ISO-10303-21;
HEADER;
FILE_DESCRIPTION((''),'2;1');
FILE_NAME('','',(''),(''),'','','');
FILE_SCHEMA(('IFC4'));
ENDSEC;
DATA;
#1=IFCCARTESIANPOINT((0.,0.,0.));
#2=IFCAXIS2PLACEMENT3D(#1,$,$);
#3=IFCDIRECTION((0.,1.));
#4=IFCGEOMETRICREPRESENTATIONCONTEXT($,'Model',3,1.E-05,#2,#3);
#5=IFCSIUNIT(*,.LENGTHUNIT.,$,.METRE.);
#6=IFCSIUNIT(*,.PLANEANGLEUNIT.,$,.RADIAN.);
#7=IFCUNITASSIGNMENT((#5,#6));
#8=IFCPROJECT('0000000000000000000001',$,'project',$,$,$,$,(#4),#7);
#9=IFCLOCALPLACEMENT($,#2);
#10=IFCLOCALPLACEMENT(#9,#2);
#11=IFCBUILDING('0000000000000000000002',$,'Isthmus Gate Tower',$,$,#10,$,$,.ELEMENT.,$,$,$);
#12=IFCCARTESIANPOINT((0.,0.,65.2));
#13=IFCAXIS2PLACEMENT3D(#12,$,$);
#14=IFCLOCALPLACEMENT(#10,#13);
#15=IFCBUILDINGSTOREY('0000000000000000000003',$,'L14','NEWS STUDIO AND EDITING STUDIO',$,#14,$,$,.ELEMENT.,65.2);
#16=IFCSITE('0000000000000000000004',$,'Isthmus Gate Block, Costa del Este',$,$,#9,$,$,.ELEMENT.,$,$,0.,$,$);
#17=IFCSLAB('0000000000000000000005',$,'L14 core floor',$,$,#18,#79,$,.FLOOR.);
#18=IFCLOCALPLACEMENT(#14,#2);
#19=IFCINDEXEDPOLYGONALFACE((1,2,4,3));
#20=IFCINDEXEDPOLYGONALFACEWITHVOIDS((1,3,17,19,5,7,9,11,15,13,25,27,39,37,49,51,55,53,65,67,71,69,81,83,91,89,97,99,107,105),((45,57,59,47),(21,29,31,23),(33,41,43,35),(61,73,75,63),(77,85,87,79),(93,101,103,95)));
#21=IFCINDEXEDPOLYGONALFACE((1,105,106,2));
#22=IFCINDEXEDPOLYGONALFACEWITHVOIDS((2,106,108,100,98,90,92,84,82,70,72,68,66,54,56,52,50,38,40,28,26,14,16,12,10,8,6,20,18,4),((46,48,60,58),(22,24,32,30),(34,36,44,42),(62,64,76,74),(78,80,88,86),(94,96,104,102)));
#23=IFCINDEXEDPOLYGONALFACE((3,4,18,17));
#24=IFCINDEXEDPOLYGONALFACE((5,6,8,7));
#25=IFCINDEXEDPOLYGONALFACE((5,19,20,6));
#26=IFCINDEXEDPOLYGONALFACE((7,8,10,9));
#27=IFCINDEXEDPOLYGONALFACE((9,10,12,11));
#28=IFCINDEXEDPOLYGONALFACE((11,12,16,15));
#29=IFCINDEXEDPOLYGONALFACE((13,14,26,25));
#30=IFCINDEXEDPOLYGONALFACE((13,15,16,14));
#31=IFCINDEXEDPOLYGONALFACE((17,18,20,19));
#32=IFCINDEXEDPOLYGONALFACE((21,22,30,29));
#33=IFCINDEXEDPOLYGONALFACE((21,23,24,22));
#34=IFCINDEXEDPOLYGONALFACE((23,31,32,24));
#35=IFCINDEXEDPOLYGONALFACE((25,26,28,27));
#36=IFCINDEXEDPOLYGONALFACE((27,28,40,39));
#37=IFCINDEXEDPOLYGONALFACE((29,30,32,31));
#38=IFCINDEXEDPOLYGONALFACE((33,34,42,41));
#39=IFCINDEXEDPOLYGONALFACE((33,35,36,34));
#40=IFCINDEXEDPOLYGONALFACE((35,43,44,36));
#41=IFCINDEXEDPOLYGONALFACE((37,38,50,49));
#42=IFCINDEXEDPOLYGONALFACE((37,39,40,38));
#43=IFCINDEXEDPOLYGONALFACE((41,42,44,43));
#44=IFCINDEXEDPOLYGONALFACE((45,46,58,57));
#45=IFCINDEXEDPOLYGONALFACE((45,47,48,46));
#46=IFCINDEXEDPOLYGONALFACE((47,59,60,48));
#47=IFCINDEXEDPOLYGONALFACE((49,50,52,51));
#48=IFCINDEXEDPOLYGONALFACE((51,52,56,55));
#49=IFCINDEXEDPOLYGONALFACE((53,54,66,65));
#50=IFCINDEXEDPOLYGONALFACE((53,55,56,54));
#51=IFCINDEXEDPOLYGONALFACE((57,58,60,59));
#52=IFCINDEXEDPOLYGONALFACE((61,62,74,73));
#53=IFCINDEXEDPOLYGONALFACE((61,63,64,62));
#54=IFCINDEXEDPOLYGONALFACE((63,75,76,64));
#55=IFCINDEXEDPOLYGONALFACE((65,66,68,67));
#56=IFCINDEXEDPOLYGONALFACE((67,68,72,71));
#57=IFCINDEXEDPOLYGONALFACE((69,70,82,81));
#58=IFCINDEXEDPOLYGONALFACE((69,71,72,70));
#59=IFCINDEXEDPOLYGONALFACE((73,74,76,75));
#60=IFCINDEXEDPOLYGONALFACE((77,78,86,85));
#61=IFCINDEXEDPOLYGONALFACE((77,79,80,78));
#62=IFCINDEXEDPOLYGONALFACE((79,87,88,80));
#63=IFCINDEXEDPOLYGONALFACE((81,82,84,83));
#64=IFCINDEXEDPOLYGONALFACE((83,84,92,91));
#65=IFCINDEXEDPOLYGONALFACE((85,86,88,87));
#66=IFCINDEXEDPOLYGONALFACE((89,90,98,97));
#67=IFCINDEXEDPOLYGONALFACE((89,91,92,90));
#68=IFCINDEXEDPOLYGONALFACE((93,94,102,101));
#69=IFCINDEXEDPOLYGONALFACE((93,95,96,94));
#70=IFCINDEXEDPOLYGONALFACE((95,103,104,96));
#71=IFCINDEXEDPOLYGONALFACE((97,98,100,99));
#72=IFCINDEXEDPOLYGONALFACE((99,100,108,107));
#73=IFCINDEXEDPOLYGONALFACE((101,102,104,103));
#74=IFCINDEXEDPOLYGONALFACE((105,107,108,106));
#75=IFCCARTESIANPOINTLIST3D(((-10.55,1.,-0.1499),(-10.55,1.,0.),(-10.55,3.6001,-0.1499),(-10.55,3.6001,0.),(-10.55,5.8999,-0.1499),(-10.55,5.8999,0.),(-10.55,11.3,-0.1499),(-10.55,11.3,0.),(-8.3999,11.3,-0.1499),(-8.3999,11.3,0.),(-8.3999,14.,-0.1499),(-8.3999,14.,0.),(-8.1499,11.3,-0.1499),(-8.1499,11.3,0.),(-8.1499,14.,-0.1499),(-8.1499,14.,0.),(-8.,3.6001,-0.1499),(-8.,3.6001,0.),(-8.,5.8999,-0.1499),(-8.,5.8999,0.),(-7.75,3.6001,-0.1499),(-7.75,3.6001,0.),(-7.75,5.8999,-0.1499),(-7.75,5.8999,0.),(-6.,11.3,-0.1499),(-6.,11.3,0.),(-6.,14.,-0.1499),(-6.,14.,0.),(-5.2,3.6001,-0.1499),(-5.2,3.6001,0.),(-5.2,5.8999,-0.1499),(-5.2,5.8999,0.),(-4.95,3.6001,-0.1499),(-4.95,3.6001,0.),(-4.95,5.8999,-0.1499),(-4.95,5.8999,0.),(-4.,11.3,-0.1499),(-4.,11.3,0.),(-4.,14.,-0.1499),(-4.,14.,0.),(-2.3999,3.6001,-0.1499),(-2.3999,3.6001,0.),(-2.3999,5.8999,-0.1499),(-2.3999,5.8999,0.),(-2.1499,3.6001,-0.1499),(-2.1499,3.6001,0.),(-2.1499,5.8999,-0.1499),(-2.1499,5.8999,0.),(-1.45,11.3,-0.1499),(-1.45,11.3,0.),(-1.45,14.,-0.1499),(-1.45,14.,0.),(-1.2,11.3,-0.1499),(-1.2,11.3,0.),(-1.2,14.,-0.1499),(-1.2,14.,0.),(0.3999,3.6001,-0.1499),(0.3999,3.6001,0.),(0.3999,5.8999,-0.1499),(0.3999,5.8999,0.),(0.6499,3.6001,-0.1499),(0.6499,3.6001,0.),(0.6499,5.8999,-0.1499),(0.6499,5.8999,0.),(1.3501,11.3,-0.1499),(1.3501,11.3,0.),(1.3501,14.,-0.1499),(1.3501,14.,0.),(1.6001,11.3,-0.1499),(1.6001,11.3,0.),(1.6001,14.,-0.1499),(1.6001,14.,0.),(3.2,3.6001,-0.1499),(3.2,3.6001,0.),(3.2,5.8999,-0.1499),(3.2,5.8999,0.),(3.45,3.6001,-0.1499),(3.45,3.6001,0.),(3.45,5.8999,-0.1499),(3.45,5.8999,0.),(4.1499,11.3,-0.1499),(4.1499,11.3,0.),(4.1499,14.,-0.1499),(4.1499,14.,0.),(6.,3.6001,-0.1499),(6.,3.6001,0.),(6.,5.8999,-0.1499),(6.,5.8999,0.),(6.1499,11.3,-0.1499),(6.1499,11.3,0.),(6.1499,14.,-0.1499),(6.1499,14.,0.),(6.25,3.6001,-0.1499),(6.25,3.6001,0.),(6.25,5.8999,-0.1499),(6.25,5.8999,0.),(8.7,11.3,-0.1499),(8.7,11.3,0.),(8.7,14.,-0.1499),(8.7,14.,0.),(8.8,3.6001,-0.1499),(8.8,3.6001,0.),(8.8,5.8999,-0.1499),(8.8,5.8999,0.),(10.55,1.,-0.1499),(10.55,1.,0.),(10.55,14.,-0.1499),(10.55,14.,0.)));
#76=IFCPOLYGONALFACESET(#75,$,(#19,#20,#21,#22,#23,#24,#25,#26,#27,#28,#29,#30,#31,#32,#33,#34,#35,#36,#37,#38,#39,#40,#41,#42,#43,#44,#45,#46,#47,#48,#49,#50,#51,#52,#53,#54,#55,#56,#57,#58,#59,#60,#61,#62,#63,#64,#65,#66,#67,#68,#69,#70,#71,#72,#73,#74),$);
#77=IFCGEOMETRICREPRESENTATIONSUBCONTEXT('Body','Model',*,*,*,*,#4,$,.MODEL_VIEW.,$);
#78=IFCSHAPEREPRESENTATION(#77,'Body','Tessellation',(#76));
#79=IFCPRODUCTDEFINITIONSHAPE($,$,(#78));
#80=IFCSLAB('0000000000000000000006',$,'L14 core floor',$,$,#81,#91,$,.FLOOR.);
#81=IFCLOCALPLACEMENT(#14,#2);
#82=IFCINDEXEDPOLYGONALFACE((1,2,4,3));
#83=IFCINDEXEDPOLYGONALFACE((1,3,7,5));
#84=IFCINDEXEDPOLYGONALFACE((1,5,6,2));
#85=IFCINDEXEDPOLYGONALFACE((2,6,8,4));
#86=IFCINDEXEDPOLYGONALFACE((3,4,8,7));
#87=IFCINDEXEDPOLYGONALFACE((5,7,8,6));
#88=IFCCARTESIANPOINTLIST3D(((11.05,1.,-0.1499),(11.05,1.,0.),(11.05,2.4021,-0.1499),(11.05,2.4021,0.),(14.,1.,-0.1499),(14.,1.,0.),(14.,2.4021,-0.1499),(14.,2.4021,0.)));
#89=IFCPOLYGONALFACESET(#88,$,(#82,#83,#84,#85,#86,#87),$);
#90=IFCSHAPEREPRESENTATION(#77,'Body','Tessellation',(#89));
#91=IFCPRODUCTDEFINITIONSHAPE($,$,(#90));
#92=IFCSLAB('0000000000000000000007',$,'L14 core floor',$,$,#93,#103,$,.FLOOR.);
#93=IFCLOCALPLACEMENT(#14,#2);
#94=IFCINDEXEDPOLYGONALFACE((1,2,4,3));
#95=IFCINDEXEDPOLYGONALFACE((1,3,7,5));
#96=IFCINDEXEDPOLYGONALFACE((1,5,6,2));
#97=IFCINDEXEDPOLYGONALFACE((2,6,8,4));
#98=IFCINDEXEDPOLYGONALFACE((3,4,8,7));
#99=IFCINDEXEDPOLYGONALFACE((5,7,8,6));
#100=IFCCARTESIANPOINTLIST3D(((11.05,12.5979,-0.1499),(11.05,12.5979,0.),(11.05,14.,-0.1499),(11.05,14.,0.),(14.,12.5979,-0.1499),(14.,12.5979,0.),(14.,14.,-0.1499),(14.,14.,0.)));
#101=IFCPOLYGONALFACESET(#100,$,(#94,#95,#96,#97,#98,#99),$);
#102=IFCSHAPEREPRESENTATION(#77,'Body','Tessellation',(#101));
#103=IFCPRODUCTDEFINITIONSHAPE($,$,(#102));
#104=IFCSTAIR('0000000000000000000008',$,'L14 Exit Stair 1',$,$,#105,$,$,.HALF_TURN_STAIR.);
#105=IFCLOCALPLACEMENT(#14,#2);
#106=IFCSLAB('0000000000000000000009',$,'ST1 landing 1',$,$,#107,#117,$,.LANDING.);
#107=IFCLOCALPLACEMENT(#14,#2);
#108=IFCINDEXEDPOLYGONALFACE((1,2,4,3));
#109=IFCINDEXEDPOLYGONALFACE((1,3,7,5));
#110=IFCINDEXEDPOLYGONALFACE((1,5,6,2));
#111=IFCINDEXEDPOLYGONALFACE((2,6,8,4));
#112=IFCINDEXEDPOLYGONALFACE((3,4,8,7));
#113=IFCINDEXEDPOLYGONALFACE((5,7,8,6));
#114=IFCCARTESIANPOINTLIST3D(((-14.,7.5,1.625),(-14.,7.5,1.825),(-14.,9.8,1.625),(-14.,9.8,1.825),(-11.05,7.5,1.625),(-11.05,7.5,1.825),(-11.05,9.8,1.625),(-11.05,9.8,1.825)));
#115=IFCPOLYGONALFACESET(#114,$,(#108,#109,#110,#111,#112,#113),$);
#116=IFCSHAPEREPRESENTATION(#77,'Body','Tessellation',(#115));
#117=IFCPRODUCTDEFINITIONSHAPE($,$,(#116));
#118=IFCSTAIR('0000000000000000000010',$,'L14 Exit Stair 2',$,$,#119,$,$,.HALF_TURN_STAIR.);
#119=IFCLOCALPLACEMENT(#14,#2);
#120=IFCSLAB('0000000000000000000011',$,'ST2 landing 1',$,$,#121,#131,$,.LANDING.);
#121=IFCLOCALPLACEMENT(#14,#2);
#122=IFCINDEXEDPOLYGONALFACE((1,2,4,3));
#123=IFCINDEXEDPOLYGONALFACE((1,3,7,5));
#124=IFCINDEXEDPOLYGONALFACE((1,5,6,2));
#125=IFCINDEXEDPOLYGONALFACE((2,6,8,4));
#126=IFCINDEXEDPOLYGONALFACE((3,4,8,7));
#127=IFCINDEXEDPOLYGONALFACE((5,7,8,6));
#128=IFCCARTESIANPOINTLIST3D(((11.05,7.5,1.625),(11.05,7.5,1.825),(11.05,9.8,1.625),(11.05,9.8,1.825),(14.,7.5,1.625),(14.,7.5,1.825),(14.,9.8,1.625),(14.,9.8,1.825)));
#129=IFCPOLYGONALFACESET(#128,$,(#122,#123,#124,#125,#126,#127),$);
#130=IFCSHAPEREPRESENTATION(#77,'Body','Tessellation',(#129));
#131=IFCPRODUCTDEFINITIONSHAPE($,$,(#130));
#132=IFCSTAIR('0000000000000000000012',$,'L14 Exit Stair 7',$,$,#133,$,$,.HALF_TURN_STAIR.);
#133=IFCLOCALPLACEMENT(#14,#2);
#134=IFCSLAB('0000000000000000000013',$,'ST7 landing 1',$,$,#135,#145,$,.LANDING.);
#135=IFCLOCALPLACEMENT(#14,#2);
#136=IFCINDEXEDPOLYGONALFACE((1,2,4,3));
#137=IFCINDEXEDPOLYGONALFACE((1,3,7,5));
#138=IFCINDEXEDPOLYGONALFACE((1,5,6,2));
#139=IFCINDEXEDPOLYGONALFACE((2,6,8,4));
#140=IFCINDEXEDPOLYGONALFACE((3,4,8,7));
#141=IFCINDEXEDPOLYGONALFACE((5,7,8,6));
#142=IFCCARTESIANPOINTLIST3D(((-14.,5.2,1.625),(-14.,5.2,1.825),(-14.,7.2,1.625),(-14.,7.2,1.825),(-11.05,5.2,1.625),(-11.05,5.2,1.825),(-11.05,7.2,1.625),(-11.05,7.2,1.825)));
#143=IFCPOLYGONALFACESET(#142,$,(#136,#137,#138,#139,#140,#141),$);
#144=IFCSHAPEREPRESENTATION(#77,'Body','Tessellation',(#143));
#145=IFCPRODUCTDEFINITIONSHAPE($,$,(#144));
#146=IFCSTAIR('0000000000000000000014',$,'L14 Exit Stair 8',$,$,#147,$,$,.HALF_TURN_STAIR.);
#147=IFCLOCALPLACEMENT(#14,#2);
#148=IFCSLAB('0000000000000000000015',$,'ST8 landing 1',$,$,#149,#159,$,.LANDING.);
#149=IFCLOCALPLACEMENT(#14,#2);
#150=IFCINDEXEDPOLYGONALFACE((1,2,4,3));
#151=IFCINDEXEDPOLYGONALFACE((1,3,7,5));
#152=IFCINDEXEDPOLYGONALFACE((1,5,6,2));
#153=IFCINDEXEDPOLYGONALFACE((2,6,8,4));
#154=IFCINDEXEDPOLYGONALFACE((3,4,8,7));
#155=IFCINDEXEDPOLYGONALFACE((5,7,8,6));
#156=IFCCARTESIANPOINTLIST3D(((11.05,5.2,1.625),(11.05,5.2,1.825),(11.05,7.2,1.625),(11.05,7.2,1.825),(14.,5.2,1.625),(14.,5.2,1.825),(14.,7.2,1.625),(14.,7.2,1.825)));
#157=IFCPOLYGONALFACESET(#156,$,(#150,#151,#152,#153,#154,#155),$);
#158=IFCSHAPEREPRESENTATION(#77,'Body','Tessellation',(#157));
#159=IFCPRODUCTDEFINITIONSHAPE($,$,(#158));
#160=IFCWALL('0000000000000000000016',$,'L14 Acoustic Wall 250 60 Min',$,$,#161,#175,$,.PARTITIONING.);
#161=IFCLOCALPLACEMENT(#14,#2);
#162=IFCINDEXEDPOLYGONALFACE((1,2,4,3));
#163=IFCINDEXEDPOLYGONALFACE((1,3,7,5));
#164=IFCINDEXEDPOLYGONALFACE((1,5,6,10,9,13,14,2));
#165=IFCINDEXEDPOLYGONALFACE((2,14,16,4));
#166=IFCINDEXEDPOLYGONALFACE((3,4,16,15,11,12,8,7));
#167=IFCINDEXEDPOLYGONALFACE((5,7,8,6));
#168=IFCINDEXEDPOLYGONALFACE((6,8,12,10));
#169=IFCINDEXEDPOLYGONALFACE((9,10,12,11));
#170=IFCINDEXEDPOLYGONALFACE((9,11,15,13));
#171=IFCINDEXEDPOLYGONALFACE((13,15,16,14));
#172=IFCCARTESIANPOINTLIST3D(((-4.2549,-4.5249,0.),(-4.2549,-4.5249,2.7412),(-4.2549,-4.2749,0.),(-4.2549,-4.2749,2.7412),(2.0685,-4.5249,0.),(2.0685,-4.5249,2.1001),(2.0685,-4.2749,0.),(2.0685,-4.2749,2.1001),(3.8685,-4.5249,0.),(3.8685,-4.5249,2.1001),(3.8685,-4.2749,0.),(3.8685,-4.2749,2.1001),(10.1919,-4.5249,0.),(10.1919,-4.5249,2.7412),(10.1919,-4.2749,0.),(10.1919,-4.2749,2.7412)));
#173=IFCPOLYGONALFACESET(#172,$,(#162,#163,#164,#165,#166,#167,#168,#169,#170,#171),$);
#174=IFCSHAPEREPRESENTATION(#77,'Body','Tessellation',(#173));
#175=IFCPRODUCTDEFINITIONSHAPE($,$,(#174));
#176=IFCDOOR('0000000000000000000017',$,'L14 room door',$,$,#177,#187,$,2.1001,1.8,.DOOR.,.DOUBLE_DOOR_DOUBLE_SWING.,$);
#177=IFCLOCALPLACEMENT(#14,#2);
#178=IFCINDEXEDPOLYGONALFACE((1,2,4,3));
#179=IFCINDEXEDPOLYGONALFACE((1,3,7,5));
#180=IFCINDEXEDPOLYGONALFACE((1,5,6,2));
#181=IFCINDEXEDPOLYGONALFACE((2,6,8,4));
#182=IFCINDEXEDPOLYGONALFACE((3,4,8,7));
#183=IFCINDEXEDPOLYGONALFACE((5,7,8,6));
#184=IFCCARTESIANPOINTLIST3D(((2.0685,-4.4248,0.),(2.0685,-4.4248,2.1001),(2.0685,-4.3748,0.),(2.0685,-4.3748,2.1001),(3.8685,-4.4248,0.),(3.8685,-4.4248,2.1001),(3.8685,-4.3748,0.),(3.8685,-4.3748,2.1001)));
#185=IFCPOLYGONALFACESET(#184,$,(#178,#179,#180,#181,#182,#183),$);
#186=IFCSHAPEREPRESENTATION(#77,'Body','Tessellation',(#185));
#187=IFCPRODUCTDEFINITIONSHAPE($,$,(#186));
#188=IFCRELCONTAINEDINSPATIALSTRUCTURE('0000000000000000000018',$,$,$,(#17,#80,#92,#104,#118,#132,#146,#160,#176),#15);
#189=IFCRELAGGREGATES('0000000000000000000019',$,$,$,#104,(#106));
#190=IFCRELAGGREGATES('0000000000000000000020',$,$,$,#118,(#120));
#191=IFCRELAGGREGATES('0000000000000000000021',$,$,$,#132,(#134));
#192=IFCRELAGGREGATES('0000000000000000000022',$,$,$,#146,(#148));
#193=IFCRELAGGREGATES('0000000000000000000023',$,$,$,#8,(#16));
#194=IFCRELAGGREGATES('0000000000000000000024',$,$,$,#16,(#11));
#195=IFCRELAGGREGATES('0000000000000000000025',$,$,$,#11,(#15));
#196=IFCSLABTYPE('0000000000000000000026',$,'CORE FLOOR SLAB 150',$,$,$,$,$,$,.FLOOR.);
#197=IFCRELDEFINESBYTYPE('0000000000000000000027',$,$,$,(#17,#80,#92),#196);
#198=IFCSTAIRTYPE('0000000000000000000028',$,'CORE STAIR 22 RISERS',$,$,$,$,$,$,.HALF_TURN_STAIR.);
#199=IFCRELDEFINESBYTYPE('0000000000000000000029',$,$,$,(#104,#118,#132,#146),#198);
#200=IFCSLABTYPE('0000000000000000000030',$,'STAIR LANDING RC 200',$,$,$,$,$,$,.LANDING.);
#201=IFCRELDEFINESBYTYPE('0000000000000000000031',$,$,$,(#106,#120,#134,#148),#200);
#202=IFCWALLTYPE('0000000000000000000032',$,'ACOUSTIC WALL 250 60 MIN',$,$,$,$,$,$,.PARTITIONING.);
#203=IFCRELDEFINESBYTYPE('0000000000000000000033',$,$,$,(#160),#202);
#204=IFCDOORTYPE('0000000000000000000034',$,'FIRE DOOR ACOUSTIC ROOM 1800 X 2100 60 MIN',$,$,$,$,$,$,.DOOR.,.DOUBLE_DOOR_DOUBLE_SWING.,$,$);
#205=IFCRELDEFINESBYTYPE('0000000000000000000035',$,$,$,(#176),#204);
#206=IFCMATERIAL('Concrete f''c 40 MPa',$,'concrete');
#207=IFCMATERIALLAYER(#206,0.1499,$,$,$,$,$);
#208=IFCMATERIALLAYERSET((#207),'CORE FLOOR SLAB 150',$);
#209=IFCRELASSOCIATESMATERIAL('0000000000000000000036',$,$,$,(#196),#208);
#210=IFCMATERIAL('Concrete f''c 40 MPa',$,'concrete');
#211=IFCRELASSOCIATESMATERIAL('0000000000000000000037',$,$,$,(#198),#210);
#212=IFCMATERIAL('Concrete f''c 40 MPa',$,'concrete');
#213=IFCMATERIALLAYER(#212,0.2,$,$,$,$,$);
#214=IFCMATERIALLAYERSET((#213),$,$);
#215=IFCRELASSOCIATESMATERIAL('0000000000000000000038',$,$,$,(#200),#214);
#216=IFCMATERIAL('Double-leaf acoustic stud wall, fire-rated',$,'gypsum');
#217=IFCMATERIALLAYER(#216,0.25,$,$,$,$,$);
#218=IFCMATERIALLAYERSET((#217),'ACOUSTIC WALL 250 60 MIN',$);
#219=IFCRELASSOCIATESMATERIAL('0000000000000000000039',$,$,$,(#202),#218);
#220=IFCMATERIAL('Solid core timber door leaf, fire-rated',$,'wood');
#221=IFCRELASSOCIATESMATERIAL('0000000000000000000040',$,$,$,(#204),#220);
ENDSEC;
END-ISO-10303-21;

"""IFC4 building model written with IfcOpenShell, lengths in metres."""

from ifc_helpers import new_model, si_unit, direction, frame, frame_2d, origin, place, context, subcontext, project, spatial, polyline, rectangle, outline, extrude, material, layer, layer_set, type_object, element, fill, aggregate, save


model = new_model("IFC4")

# Units and contexts
model_context = context("Model", 3, precision=1e-05, world=origin(), true_north=direction((0.0, 1.0)))
body_context = subcontext(model_context, "Body", "Model", "MODEL_VIEW")
ifc_project = project(units=[si_unit("LENGTHUNIT", "METRE"), si_unit("PLANEANGLEUNIT", "RADIAN")], contexts=[model_context])

# Site, building, storey
site_placement = place(None, origin())
site = spatial("IfcSite", under=ifc_project, at=site_placement, Name="Isthmus Gate Block, Costa del Este", CompositionType="ELEMENT", RefElevation=0.0)
building_placement = place(site_placement, origin())
building = spatial("IfcBuilding", under=site, at=building_placement, Name="Isthmus Gate Tower", CompositionType="ELEMENT")
storey_placement = place(building_placement, frame((0.0, 0.0, 65.2)))
storey = spatial("IfcBuildingStorey", under=building, at=storey_placement, Name="L14", Description="NEWS STUDIO AND EDITING STUDIO", CompositionType="ELEMENT", Elevation=65.2)

# Slabs
ifc_material_1 = material(Name="Concrete f'c 40 MPa", Category="concrete")
ifc_layer_1 = layer(ifc_material_1, 0.1499)
ifc_layer_set_1 = layer_set([ifc_layer_1], Name="CORE FLOOR SLAB 150")
slab_type_1 = type_object("IfcSlabType", Name="CORE FLOOR SLAB 150", PredefinedType="FLOOR", material=ifc_layer_set_1)
slab_1_placement = place(storey_placement, frame((0.0, 0.0, -0.1499)))
element("IfcSlab", 1, at=slab_1_placement, inside=storey, type_object=slab_type_1, Name="L14 core floor", PredefinedType="FLOOR", context=body_context, shape_type="SweptSolid", body=[
    extrude(outline(polyline([(10.55, 14.0), (8.7, 14.0), (8.7, 11.3), (6.1499, 11.3), (6.1499, 14.0), (4.1499, 14.0), (4.1499, 11.3), (1.6001, 11.3), (1.6001, 14.0), (1.3501, 14.0), (1.3501, 11.3), (-1.2, 11.3), (-1.2, 14.0), (-1.45, 14.0), (-1.45, 11.3), (-4.0, 11.3), (-4.0, 14.0), (-6.0, 14.0), (-6.0, 11.3), (-8.1499, 11.3), (-8.1499, 14.0), (-8.3999, 14.0), (-8.3999, 11.3), (-10.55, 11.3), (-10.55, 5.8999), (-8.0, 5.8999), (-8.0, 3.6001), (-10.55, 3.6001), (-10.55, 1.0), (10.55, 1.0), (10.55, 14.0)]), holes=[polyline([(-5.2, 5.8999), (-5.2, 3.6001), (-7.75, 3.6001), (-7.75, 5.8999), (-5.2, 5.8999)]), polyline([(-2.3999, 5.8999), (-2.3999, 3.6001), (-4.95, 3.6001), (-4.95, 5.8999), (-2.3999, 5.8999)]), polyline([(0.3999, 5.8999), (0.3999, 3.6001), (-2.1499, 3.6001), (-2.1499, 5.8999), (0.3999, 5.8999)]), polyline([(3.2, 5.8999), (3.2, 3.6001), (0.6499, 3.6001), (0.6499, 5.8999), (3.2, 5.8999)]), polyline([(6.0, 5.8999), (6.0, 3.6001), (3.45, 3.6001), (3.45, 5.8999), (6.0, 5.8999)]), polyline([(8.8, 5.8999), (8.8, 3.6001), (6.25, 3.6001), (6.25, 5.8999), (8.8, 5.8999)])]), origin(), (0.0, 0.0, 1.0), 0.1499),
])
slab_2_placement = place(storey_placement, frame((0.0, 0.0, -0.1499)))
element("IfcSlab", 2, at=slab_2_placement, inside=storey, type_object=slab_type_1, Name="L14 core floor", PredefinedType="FLOOR", context=body_context, shape_type="SweptSolid", body=[
    extrude(outline(polyline([(14.0, 1.0), (14.0, 2.4021), (11.05, 2.4021), (11.05, 1.0), (14.0, 1.0)])), origin(), (0.0, 0.0, 1.0), 0.1499),
])
slab_3_placement = place(storey_placement, frame((0.0, 0.0, -0.1499)))
element("IfcSlab", 3, at=slab_3_placement, inside=storey, type_object=slab_type_1, Name="L14 core floor", PredefinedType="FLOOR", context=body_context, shape_type="SweptSolid", body=[
    extrude(outline(polyline([(11.05, 14.0), (11.05, 12.5979), (14.0, 12.5979), (14.0, 14.0), (11.05, 14.0)])), origin(), (0.0, 0.0, 1.0), 0.1499),
])

# Stairs, slabs
ifc_material_2 = material(Name="Concrete f'c 40 MPa", Category="concrete")
stair_type = type_object("IfcStairType", Name="CORE STAIR 22 RISERS", PredefinedType="HALF_TURN_STAIR", material=ifc_material_2)
stair_1_placement = place(storey_placement, origin())
stair_1 = element("IfcStair", 4, at=stair_1_placement, inside=storey, type_object=stair_type, Name="L14 Exit Stair 1", PredefinedType="HALF_TURN_STAIR")
ifc_material_3 = material(Name="Concrete f'c 40 MPa", Category="concrete")
ifc_layer_2 = layer(ifc_material_3, 0.2)
ifc_layer_set_2 = layer_set([ifc_layer_2])
slab_type_2 = type_object("IfcSlabType", Name="STAIR LANDING RC 200", PredefinedType="LANDING", material=ifc_layer_set_2)
slab_4_placement = place(storey_placement, frame((0.0, 0.0, 1.625)))
slab_4 = element("IfcSlab", 5, at=slab_4_placement, type_object=slab_type_2, Name="ST1 landing 1", PredefinedType="LANDING", context=body_context, shape_type="SweptSolid", body=[
    extrude(outline(polyline([(-14.0, 9.8), (-14.0, 7.5), (-11.05, 7.5), (-11.05, 9.8), (-14.0, 9.8)])), origin(), (0.0, 0.0, 1.0), 0.2),
])
aggregate(stair_1, [slab_4])
stair_2_placement = place(storey_placement, origin())
stair_2 = element("IfcStair", 6, at=stair_2_placement, inside=storey, type_object=stair_type, Name="L14 Exit Stair 2", PredefinedType="HALF_TURN_STAIR")
slab_5_placement = place(storey_placement, frame((0.0, 0.0, 1.625)))
slab_5 = element("IfcSlab", 7, at=slab_5_placement, type_object=slab_type_2, Name="ST2 landing 1", PredefinedType="LANDING", context=body_context, shape_type="SweptSolid", body=[
    extrude(outline(polyline([(11.05, 9.8), (11.05, 7.5), (14.0, 7.5), (14.0, 9.8), (11.05, 9.8)])), origin(), (0.0, 0.0, 1.0), 0.2),
])
aggregate(stair_2, [slab_5])
stair_3_placement = place(storey_placement, origin())
stair_3 = element("IfcStair", 8, at=stair_3_placement, inside=storey, type_object=stair_type, Name="L14 Exit Stair 7", PredefinedType="HALF_TURN_STAIR")
slab_6_placement = place(storey_placement, frame((0.0, 0.0, 1.625)))
slab_6 = element("IfcSlab", 9, at=slab_6_placement, type_object=slab_type_2, Name="ST7 landing 1", PredefinedType="LANDING", context=body_context, shape_type="SweptSolid", body=[
    extrude(outline(polyline([(-11.05, 5.2), (-11.05, 7.2), (-14.0, 7.2), (-14.0, 5.2), (-11.05, 5.2)])), origin(), (0.0, 0.0, 1.0), 0.2),
])
aggregate(stair_3, [slab_6])
stair_4_placement = place(storey_placement, origin())
stair_4 = element("IfcStair", 10, at=stair_4_placement, inside=storey, type_object=stair_type, Name="L14 Exit Stair 8", PredefinedType="HALF_TURN_STAIR")
slab_7_placement = place(storey_placement, frame((0.0, 0.0, 1.625)))
slab_7 = element("IfcSlab", 11, at=slab_7_placement, type_object=slab_type_2, Name="ST8 landing 1", PredefinedType="LANDING", context=body_context, shape_type="SweptSolid", body=[
    extrude(outline(polyline([(14.0, 5.2), (14.0, 7.2), (11.05, 7.2), (11.05, 5.2), (14.0, 5.2)])), origin(), (0.0, 0.0, 1.0), 0.2),
])
aggregate(stair_4, [slab_7])

# Wall, opening, door
ifc_material_4 = material(Name="Double-leaf acoustic stud wall, fire-rated", Category="gypsum")
ifc_layer_3 = layer(ifc_material_4, 0.25)
ifc_layer_set_3 = layer_set([ifc_layer_3], Name="ACOUSTIC WALL 250 60 MIN")
wall_type_1 = type_object("IfcWallType", Name="ACOUSTIC WALL 250 60 MIN", PredefinedType="PARTITIONING", material=ifc_layer_set_3)
wall_1_placement = place(storey_placement, frame((10.1919, -4.3999, 0.0), z_axis=(0.0, 0.0, 1.0), x_axis=(-1.0, 0.0, 0.0)))
wall_1 = element("IfcWall", 12, at=wall_1_placement, inside=storey, type_object=wall_type_1, Name="L14 Acoustic Wall 250 60 Min", PredefinedType="PARTITIONING", context=body_context, shape_type="SweptSolid", body=[
    extrude(rectangle(XDim=14.4468, YDim=0.25, at=frame_2d((7.2234, 0.0))), origin(), (0.0, 0.0, 1.0), 2.7412),
])
opening_placement = place(wall_1_placement, frame((6.3235, 0.0, 0.0)))
opening = element("IfcOpeningElement", 13, at=opening_placement, cuts=wall_1, PredefinedType="OPENING", context=body_context, shape_type="SweptSolid", body=[
    extrude(rectangle(XDim=1.8, YDim=2.1001, at=frame_2d((0.8999, 1.05))), frame((0.0, 0.135, 0.0), z_axis=(0.0, -1.0, 0.0), x_axis=(1.0, 0.0, 0.0)), (0.0, 0.0, 1.0), 0.27),
])
ifc_material_5 = material(Name="Solid core timber door leaf, fire-rated", Category="wood")
door_type = type_object("IfcDoorType", Name="FIRE DOOR ACOUSTIC ROOM 1800 X 2100 60 MIN", OperationType="DOUBLE_DOOR_DOUBLE_SWING", PredefinedType="DOOR", material=ifc_material_5)
door_placement = place(opening_placement, origin())
door = element("IfcDoor", 14, at=door_placement, inside=storey, type_object=door_type, Name="L14 room door", OperationType="DOUBLE_DOOR_DOUBLE_SWING", OverallHeight=2.1001, OverallWidth=1.8, PredefinedType="DOOR", context=body_context, shape_type="SweptSolid", body=[
    extrude(rectangle(XDim=1.8, YDim=2.1001, at=frame_2d((0.8999, 1.05))), frame((0.0, 0.0249, 0.0), z_axis=(0.0, -1.0, 0.0), x_axis=(1.0, 0.0, 0.0)), (0.0, 0.0, 1.0), 0.05),
])
fill(opening, door)

save(model, "model.ifc")
